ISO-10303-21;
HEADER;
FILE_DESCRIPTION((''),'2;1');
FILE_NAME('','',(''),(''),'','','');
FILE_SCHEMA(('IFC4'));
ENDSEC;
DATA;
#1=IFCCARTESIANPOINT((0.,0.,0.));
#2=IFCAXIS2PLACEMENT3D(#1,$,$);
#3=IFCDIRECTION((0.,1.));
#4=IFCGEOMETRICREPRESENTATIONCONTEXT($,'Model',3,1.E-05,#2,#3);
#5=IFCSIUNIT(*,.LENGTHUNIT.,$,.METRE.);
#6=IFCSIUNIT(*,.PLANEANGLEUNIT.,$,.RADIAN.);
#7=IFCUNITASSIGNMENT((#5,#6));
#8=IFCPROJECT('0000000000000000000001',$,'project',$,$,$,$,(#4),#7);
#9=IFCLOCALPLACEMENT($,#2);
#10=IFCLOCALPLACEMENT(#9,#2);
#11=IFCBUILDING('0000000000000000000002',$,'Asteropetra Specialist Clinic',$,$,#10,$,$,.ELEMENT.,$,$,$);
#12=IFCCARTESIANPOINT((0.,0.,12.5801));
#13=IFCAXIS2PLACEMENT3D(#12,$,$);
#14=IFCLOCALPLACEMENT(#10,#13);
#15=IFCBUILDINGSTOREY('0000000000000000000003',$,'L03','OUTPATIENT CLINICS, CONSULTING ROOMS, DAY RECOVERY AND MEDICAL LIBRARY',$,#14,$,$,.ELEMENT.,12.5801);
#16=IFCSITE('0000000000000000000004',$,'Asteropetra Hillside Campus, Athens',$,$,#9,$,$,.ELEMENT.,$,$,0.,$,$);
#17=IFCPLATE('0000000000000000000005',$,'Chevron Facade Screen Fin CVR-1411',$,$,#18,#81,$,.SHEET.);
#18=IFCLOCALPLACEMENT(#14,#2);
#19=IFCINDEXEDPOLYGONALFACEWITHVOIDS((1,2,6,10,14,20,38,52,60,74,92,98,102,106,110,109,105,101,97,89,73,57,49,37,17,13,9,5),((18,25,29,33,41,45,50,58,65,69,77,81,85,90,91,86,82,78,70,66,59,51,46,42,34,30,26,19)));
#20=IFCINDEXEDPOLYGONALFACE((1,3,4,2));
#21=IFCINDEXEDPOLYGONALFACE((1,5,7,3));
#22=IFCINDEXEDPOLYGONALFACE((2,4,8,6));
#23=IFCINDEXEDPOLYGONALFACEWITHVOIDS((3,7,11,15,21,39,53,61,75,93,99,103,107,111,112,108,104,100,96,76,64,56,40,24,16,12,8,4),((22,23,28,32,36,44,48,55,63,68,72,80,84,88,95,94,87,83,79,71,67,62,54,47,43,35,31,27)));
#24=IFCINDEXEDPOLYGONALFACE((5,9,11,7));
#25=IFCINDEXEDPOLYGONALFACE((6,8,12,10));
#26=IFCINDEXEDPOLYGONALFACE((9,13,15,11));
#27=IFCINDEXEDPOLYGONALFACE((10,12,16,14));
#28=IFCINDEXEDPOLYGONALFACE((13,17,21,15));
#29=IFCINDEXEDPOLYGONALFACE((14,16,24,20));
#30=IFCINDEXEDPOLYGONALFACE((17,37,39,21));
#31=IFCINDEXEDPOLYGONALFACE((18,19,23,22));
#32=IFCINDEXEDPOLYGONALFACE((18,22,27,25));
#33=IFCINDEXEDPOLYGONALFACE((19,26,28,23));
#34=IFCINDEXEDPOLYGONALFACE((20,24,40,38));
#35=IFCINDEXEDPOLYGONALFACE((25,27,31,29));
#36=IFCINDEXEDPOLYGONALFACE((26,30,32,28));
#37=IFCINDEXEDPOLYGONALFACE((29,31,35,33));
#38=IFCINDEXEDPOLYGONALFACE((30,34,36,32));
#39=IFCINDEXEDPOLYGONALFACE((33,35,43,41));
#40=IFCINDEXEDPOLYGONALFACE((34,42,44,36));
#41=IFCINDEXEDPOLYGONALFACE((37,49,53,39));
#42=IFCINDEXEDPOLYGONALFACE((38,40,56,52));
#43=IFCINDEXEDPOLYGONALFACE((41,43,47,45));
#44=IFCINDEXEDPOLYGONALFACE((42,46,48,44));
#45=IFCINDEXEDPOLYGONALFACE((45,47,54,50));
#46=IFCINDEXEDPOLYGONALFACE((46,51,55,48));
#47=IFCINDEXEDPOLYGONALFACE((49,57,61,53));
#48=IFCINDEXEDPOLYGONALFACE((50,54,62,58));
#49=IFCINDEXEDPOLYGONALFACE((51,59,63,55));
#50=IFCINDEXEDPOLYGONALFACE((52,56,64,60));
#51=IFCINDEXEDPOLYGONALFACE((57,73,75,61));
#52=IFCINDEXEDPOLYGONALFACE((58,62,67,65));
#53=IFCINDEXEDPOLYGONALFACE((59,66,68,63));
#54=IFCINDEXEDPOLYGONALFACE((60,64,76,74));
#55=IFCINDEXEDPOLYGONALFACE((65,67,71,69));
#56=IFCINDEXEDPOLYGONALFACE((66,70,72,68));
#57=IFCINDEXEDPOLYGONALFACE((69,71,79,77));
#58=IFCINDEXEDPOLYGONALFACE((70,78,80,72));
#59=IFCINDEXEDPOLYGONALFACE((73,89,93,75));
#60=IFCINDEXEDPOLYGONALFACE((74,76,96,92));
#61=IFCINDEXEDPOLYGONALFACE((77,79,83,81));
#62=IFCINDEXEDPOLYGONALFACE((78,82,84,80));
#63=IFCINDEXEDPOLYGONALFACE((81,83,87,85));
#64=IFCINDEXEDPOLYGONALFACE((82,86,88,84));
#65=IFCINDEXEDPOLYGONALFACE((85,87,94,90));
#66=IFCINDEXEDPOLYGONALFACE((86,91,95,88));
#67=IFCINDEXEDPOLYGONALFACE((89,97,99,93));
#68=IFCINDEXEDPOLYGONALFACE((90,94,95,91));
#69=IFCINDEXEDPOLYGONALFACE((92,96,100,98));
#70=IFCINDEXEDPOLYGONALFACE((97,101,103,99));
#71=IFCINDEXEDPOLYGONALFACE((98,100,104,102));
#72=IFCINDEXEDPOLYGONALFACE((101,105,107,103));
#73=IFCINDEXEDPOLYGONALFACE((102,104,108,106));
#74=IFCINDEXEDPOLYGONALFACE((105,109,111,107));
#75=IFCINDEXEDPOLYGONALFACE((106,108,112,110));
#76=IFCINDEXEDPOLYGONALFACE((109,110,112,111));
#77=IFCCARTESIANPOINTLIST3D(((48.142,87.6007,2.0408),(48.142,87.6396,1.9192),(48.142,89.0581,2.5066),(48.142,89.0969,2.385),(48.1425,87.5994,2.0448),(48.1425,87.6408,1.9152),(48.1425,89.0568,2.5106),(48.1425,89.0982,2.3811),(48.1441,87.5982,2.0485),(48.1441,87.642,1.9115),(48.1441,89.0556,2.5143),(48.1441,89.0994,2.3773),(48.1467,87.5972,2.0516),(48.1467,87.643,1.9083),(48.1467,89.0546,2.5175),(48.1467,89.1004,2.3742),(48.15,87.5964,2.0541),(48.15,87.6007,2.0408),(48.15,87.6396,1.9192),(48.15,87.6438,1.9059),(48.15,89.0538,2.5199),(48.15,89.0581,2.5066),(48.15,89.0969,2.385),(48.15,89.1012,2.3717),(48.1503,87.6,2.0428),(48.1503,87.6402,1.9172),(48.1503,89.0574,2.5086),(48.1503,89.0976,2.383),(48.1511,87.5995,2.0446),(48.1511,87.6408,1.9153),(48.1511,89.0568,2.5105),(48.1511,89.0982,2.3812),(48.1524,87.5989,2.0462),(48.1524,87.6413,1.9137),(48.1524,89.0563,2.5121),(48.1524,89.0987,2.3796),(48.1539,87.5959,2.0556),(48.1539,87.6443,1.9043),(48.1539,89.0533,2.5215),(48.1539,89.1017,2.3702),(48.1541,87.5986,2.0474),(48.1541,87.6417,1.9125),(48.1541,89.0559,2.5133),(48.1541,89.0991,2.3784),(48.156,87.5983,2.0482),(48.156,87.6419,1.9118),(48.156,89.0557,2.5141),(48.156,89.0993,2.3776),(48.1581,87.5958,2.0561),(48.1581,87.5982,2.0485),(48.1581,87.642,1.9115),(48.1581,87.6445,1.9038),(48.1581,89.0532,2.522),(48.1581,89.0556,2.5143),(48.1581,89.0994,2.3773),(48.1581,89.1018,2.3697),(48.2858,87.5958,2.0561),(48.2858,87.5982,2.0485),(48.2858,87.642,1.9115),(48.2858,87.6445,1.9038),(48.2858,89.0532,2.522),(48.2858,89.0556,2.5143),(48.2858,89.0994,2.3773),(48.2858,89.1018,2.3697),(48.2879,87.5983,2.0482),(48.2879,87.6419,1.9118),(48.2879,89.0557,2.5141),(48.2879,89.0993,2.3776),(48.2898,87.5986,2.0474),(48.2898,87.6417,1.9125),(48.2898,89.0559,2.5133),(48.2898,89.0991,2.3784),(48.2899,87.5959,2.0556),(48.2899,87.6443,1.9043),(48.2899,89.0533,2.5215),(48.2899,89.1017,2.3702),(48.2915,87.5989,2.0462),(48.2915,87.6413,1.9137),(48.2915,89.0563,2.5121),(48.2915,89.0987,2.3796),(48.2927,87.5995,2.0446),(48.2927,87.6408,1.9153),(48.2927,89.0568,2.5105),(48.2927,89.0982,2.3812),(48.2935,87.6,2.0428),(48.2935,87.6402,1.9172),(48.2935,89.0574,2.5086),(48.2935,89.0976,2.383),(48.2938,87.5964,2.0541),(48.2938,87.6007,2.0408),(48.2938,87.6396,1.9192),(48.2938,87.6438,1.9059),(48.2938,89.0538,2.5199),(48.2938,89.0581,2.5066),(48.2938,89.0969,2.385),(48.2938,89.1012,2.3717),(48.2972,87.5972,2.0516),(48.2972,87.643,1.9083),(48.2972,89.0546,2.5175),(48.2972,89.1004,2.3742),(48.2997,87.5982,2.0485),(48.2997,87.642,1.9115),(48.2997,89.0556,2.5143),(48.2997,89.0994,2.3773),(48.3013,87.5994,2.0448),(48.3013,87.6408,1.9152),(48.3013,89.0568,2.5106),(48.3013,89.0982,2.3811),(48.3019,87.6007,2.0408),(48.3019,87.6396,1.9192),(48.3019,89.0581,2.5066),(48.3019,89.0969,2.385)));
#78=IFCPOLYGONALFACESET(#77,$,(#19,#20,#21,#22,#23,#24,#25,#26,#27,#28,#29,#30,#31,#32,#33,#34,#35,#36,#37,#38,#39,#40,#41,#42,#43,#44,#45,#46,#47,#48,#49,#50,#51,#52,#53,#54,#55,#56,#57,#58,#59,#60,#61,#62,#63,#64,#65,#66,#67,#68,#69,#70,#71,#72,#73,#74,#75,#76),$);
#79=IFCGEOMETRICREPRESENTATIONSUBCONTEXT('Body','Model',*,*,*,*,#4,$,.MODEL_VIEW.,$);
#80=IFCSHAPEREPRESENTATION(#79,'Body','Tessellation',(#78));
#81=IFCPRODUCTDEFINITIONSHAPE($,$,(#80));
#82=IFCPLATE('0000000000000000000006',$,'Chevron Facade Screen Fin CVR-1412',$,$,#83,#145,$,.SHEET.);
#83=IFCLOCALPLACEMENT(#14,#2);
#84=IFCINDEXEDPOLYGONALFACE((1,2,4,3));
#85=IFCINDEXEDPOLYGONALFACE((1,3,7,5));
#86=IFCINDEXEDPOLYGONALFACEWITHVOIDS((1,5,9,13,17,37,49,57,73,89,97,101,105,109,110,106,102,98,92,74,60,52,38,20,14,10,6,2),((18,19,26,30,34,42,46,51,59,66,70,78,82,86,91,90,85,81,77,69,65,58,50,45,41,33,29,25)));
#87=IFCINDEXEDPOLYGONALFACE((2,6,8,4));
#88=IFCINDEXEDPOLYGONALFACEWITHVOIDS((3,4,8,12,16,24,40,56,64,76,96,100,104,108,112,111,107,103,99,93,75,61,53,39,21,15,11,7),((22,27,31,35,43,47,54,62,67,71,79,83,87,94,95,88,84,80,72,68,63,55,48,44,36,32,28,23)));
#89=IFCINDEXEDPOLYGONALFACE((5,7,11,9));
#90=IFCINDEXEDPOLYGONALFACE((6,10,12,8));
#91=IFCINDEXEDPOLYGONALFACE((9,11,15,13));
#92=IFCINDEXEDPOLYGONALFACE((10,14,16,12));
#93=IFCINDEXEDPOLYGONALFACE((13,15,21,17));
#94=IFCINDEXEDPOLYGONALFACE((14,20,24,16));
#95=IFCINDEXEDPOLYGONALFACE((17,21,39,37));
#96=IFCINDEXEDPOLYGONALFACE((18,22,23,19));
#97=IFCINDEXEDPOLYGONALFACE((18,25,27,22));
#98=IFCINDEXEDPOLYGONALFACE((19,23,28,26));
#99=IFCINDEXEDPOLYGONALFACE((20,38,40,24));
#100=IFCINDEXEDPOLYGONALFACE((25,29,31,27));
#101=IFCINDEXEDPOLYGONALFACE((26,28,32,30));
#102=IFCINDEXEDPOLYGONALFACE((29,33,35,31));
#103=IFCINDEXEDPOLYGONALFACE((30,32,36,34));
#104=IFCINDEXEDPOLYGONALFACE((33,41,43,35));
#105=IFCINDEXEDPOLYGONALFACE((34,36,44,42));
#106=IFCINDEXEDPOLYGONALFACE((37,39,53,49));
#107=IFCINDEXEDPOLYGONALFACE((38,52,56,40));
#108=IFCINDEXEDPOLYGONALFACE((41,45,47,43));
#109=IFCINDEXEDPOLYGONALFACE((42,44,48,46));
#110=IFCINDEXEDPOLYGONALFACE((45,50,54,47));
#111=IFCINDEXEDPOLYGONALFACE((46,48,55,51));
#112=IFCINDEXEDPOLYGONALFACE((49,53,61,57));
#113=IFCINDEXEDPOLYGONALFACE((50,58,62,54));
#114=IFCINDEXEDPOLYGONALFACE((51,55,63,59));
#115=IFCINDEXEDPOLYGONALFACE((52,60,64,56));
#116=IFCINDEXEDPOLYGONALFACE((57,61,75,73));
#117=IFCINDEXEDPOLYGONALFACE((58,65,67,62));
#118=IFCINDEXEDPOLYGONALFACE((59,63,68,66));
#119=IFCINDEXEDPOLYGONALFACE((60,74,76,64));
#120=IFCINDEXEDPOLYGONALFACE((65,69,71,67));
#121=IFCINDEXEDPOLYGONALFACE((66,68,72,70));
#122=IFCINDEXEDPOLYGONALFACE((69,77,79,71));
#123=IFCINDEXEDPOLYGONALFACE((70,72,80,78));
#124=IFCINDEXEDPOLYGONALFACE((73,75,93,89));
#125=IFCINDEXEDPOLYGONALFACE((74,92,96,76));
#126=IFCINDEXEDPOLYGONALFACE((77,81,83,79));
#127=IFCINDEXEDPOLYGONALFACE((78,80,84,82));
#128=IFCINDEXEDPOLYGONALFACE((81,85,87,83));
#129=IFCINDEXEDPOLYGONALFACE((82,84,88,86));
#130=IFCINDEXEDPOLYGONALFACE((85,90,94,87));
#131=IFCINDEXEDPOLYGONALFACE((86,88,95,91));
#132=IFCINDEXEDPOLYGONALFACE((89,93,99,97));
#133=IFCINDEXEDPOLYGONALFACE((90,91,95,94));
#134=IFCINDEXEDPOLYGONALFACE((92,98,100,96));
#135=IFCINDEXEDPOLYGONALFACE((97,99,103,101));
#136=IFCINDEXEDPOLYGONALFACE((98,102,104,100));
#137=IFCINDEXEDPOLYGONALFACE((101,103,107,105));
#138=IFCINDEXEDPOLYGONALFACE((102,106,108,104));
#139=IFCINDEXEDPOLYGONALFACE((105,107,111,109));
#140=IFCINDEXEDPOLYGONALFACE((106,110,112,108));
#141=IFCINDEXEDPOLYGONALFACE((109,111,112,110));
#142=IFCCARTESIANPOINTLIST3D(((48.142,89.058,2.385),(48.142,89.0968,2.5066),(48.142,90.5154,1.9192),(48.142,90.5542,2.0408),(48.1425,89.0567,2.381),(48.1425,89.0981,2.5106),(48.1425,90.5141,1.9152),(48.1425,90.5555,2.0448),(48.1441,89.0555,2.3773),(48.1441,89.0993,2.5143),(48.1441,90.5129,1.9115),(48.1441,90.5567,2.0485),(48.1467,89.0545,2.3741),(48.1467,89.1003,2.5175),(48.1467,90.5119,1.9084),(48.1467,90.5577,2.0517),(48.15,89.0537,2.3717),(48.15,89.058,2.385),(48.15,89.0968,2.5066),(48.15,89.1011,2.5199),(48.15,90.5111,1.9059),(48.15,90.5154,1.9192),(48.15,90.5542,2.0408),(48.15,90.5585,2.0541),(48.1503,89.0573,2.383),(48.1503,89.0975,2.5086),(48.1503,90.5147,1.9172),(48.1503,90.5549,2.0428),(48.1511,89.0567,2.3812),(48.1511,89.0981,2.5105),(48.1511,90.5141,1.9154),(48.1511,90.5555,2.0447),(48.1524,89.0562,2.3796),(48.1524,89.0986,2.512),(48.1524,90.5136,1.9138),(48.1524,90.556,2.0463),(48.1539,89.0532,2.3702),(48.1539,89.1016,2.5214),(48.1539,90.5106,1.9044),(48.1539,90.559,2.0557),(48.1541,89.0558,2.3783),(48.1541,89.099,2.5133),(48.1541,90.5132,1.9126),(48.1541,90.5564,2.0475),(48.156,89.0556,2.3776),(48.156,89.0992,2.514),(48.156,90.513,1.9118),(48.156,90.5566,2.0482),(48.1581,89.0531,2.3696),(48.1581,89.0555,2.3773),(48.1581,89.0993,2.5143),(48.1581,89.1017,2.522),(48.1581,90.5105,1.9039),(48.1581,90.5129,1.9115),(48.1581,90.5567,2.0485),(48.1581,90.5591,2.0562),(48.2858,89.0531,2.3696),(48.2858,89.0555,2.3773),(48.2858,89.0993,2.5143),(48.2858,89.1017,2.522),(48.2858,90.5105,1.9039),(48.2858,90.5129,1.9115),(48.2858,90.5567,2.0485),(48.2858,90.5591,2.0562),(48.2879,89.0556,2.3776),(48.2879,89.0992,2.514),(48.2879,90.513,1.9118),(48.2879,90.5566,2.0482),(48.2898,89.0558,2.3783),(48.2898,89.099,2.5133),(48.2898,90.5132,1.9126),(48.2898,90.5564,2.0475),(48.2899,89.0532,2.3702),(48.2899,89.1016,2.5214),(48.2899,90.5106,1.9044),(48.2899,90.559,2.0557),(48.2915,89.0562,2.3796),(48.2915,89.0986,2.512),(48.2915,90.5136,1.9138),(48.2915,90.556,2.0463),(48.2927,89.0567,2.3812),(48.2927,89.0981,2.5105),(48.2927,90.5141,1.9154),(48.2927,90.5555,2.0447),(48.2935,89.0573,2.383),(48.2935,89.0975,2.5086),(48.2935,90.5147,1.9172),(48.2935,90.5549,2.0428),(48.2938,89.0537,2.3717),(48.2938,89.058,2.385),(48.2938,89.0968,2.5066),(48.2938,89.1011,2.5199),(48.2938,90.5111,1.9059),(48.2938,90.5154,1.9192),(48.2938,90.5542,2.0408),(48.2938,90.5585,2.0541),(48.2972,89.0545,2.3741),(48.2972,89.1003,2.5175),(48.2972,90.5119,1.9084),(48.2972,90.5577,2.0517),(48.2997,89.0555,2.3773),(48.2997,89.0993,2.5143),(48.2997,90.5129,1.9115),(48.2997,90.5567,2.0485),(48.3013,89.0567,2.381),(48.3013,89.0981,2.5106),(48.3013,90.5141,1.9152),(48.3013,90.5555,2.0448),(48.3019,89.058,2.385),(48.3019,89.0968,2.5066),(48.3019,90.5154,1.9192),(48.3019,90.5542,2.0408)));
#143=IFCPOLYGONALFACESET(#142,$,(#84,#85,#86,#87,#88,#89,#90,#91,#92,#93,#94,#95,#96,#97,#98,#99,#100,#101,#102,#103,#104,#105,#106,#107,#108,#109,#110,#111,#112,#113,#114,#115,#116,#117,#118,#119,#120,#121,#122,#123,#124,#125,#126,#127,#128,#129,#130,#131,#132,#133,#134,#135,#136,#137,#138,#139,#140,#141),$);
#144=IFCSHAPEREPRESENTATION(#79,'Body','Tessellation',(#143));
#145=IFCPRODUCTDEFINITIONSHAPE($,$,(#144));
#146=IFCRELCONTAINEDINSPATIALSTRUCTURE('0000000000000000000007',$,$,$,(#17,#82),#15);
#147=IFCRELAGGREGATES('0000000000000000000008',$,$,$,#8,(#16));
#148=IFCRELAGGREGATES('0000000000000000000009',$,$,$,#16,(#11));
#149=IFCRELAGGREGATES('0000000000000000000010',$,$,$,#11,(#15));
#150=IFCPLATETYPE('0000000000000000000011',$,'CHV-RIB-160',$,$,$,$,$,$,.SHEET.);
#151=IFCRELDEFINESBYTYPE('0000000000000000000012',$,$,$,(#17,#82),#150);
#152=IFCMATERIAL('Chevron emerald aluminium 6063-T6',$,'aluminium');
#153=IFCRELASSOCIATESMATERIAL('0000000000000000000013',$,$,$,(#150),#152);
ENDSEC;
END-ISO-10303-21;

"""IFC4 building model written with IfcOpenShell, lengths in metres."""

from ifc_helpers import new_model, si_unit, direction, frame, origin, origin_2d, place, context, subcontext, project, spatial, hollow_rectangle, extrude, material, material_profile, profile_set, type_object, element, save


model = new_model("IFC4")

# Units and contexts
model_context = context("Model", 3, precision=1e-05, world=origin(), true_north=direction((0.0, 1.0)))
body_context = subcontext(model_context, "Body", "Model", "MODEL_VIEW")
ifc_project = project(units=[si_unit("LENGTHUNIT", "METRE"), si_unit("PLANEANGLEUNIT", "RADIAN")], contexts=[model_context])

# Site, building, storey
site_placement = place(None, origin())
site = spatial("IfcSite", under=ifc_project, at=site_placement, Name="Asteropetra Hillside Campus, Athens", CompositionType="ELEMENT", RefElevation=0.0)
building_placement = place(site_placement, origin())
building = spatial("IfcBuilding", under=site, at=building_placement, Name="Asteropetra Specialist Clinic", CompositionType="ELEMENT")
storey_placement = place(building_placement, frame((0.0, 0.0, 12.5801)))
storey = spatial("IfcBuildingStorey", under=building, at=storey_placement, Name="L03", Description="OUTPATIENT CLINICS, CONSULTING ROOMS, DAY RECOVERY AND MEDICAL LIBRARY", CompositionType="ELEMENT", Elevation=12.5801)

# Plates
ifc_material_1 = material(Name="Chevron emerald aluminium 6063-T6", Category="aluminium")
ifc_material_profile_1 = material_profile(ifc_material_1, hollow_rectangle(XDim=0.1599, YDim=0.1599, WallThickness=0.0081, InnerFilletRadius=0.0081, OuterFilletRadius=0.0161, at=origin_2d()), Name="SHS 160x160x8.0")
ifc_profile_set_1 = profile_set([ifc_material_profile_1], Name="Chevron emerald aluminium 6063-T6")
plate_type_1 = type_object("IfcPlateType", Name="CHV-RIB-160", PredefinedType="SHEET", material=ifc_profile_set_1)
for number, where, z_axis, x_axis, name in (
    (1, (48.2219, 87.6201, 1.98), (0.0, 0.95252, 0.304475), (-1.0, 0.0, 0.0), "Chevron Facade Screen Fin CVR-1411"),
    (2, (48.2219, 89.0774, 2.4458), (0.0, 0.952535, -0.304428), (-1.0, 0.0, 0.0), "Chevron Facade Screen Fin CVR-1412"),
):
    element("IfcPlate", number, at=place(storey_placement, frame(where, z_axis=z_axis, x_axis=x_axis)), inside=storey, type_object=plate_type_1, Name=name, PredefinedType="SHEET", context=body_context, shape_type="SweptSolid", body=[
        extrude(hollow_rectangle(XDim=0.1599, YDim=0.1599, WallThickness=0.0081, InnerFilletRadius=0.0081, OuterFilletRadius=0.0161, at=origin_2d()), origin(), (0.0, 0.0, 1.0), 1.53),
    ])

save(model, "model.ifc")
